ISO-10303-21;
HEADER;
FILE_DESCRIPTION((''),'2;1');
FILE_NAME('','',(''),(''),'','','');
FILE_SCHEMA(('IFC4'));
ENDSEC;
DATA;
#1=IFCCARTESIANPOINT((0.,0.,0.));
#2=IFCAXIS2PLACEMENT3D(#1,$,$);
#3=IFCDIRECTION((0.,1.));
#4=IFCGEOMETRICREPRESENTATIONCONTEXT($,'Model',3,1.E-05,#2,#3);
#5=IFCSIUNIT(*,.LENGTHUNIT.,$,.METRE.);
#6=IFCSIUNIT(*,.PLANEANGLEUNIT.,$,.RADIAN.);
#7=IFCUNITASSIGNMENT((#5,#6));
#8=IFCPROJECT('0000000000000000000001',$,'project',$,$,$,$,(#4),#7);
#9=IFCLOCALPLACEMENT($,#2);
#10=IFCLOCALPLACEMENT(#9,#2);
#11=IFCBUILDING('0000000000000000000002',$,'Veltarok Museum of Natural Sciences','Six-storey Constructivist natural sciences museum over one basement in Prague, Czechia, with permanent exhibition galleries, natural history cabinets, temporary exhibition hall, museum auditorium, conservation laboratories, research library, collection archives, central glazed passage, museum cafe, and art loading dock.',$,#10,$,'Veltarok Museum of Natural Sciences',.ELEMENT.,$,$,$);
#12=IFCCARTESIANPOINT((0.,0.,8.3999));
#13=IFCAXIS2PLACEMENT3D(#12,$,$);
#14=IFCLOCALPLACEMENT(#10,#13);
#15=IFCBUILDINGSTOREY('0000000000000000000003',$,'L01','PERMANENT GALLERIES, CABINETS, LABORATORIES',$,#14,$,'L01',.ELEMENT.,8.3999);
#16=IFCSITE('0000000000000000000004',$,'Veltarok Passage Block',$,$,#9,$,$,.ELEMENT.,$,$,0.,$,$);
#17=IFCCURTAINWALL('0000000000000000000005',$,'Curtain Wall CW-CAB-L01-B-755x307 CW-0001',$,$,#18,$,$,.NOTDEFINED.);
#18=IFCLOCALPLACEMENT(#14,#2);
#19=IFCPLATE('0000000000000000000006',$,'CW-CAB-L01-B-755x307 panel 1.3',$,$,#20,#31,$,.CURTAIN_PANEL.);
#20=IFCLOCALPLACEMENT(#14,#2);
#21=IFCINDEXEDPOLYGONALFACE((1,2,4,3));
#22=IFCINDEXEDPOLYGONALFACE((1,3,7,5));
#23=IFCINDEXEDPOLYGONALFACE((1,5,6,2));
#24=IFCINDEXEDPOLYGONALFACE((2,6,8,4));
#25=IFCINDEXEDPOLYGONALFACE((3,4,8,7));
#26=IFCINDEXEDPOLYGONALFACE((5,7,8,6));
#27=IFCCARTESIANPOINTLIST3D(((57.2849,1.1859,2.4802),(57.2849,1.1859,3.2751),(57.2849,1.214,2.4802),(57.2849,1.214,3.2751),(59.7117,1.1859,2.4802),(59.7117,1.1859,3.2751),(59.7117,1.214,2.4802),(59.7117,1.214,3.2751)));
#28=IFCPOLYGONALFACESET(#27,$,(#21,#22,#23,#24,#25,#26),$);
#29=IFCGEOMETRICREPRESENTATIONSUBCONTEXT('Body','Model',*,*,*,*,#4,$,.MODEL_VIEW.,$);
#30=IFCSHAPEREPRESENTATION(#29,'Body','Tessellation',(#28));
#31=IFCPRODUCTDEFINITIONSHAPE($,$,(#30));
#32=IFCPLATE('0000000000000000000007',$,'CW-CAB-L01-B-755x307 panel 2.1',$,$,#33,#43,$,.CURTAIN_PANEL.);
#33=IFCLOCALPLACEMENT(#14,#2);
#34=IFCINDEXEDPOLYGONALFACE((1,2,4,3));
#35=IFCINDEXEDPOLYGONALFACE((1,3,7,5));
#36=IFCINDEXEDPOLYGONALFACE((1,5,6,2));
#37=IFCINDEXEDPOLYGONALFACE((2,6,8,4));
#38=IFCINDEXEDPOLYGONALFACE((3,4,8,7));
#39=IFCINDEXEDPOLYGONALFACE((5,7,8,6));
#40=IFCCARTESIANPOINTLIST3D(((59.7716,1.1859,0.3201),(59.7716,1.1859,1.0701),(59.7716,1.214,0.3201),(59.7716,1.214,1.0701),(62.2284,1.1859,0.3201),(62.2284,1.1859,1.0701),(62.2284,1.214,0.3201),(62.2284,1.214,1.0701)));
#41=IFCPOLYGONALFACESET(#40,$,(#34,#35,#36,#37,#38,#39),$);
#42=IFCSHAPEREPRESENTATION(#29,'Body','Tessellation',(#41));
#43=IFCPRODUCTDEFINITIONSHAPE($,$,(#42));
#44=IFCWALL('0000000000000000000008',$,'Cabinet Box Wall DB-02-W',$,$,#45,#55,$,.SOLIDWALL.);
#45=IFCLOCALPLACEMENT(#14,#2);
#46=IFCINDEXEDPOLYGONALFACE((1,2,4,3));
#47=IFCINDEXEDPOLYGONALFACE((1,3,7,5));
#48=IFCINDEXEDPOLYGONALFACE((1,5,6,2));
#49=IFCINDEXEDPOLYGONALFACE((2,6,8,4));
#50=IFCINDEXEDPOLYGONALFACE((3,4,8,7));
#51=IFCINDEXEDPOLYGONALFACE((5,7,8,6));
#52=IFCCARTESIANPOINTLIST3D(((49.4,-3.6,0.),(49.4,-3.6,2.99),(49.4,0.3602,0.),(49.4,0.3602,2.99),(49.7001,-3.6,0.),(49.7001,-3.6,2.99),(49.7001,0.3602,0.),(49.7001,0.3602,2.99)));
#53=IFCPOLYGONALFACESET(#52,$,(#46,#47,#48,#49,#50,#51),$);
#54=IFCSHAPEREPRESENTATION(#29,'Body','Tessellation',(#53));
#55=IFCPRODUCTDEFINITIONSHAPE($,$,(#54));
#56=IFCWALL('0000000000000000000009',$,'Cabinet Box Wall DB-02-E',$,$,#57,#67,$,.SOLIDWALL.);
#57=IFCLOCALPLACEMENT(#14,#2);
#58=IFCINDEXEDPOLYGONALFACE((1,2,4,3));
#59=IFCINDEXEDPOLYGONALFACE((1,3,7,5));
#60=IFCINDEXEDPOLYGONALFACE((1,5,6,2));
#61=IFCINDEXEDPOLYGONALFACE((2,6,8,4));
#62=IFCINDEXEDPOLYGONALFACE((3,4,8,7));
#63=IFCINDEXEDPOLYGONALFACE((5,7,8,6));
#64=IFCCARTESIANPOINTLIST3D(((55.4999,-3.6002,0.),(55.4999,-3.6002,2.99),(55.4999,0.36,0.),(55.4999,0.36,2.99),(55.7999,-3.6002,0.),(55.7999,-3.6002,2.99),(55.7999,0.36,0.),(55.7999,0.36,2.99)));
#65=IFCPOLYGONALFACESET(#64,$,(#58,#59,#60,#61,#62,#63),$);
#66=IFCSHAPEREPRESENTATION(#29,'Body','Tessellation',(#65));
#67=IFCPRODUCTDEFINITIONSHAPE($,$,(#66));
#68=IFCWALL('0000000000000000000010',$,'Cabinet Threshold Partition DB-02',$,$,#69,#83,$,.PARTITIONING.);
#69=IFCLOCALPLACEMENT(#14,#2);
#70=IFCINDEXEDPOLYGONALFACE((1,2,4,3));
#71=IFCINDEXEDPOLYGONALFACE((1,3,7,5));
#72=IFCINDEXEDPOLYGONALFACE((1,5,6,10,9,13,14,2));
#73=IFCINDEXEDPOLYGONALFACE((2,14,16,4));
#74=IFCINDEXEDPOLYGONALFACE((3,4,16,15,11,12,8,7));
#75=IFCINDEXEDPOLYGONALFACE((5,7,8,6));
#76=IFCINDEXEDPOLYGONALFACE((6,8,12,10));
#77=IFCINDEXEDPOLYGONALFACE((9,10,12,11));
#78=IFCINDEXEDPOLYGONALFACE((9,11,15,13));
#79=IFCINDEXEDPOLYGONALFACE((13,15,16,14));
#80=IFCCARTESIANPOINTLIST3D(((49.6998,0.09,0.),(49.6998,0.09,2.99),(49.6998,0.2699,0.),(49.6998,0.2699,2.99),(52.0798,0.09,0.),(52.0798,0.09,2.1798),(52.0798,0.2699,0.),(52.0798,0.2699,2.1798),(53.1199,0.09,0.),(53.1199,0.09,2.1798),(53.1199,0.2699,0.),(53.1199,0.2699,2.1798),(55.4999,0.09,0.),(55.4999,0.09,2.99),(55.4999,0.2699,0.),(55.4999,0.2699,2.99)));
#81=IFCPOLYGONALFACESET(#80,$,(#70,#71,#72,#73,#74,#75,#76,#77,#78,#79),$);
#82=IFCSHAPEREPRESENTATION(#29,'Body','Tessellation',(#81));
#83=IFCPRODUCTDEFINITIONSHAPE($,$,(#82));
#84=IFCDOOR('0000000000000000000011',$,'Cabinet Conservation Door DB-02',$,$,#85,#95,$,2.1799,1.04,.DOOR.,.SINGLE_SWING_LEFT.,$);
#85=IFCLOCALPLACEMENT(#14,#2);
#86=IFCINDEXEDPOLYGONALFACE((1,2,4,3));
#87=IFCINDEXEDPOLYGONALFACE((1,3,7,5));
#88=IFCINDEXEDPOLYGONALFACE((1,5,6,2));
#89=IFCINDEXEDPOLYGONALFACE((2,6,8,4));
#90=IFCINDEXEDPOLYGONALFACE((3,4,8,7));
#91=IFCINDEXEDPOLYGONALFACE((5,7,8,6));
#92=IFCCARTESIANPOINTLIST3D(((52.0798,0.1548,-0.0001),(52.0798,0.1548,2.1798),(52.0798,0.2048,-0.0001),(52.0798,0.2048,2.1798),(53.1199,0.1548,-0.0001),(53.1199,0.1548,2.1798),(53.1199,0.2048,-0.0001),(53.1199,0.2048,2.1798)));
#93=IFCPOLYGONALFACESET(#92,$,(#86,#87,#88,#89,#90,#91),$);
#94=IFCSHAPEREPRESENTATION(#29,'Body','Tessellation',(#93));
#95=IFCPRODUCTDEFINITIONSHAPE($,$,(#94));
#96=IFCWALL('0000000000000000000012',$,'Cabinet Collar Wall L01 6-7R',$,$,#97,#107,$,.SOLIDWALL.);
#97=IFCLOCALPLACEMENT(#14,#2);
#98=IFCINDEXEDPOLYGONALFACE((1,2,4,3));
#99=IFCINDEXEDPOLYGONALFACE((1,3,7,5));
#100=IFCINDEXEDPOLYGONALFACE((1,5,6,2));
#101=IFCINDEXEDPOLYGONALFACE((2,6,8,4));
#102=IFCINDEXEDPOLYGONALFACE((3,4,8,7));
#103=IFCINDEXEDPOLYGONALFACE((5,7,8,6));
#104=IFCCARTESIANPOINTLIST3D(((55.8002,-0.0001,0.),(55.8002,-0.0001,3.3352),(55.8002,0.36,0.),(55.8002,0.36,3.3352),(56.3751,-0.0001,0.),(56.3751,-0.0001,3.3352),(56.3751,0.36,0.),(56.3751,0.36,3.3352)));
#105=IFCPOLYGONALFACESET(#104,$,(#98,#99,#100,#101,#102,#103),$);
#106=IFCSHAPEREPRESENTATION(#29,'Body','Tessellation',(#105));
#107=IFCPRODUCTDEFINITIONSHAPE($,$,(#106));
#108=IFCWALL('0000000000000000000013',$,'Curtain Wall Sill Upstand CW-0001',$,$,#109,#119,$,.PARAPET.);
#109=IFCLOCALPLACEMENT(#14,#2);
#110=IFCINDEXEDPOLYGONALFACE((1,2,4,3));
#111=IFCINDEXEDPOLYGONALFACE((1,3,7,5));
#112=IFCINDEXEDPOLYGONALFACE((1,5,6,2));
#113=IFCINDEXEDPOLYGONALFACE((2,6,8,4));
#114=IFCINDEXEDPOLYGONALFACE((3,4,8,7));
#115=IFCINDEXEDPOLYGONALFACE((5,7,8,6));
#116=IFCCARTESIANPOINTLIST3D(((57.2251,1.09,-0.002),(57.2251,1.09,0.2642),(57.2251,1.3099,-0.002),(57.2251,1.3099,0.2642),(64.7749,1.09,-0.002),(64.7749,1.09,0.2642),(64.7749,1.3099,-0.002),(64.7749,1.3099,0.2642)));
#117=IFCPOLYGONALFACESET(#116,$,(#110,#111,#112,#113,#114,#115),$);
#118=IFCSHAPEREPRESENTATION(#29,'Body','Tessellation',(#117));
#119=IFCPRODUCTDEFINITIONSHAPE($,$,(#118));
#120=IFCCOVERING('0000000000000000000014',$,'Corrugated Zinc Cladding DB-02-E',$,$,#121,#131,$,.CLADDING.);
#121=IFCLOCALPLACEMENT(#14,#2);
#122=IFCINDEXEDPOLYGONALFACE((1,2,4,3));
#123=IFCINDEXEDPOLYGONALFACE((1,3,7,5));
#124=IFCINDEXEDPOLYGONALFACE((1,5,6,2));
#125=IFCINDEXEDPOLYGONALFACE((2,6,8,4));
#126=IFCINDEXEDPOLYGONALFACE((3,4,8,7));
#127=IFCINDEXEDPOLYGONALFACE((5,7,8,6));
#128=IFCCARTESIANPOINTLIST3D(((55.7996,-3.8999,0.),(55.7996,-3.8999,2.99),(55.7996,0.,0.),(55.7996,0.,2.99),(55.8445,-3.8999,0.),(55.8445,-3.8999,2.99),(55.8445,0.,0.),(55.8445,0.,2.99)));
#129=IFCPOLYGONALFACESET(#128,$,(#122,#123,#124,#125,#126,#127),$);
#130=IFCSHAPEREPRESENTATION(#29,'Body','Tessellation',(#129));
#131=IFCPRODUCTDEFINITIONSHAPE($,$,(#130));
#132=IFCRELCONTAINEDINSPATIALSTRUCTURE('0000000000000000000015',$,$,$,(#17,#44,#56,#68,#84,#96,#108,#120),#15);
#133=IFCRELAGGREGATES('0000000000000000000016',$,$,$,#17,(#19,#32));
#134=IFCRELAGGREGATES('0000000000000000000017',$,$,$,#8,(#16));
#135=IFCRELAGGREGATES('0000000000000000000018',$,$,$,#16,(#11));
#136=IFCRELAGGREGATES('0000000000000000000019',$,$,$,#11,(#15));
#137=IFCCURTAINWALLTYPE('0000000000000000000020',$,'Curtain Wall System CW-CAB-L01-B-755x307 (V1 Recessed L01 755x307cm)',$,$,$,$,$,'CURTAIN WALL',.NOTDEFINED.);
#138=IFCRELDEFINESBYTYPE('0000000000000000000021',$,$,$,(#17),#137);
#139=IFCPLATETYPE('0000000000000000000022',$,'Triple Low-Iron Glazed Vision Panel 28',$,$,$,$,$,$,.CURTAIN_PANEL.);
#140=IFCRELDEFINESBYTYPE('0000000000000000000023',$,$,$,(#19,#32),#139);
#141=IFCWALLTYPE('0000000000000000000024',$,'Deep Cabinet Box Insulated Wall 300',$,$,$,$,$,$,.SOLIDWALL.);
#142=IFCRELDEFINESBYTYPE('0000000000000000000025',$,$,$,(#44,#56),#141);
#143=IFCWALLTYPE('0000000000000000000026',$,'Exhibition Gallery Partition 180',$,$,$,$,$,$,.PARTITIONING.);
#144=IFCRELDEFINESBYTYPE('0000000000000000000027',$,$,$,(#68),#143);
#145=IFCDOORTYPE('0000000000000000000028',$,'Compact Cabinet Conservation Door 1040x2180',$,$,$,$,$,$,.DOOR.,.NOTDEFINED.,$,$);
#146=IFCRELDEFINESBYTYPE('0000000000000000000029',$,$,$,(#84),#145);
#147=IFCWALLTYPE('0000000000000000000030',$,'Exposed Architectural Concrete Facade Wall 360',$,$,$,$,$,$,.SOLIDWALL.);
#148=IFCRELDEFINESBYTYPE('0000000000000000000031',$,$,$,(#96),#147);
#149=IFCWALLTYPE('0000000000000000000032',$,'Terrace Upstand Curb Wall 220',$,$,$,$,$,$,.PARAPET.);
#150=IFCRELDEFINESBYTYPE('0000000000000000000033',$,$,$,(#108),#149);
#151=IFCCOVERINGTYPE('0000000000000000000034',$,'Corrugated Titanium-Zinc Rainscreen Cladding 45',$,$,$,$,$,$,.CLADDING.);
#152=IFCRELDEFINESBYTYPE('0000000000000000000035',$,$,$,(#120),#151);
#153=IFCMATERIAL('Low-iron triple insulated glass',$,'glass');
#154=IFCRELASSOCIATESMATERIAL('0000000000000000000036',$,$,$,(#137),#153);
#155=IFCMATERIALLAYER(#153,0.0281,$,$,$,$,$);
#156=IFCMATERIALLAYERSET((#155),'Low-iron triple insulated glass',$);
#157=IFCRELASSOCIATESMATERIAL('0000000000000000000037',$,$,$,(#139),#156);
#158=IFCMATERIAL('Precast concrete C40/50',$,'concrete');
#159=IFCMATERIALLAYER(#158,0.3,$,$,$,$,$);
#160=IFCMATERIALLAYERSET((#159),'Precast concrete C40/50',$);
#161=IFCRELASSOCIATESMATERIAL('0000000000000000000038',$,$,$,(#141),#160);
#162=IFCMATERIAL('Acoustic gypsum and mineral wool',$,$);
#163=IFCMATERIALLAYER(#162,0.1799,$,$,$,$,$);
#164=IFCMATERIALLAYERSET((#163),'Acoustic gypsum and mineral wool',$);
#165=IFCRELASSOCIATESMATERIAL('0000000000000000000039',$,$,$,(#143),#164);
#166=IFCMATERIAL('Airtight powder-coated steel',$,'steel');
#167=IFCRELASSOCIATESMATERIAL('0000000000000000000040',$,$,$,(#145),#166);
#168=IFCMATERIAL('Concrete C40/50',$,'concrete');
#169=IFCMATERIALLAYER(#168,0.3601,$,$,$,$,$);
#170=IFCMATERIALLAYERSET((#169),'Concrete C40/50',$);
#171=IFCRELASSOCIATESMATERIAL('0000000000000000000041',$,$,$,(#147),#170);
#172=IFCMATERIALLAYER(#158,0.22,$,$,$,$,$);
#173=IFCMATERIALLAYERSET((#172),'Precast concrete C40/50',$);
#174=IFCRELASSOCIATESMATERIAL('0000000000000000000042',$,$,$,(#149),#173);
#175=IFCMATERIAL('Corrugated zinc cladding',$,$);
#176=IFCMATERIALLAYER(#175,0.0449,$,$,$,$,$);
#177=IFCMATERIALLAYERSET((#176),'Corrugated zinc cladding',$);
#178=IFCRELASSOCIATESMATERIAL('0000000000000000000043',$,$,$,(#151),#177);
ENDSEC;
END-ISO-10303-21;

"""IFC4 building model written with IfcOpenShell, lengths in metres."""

from ifc_helpers import new_model, si_unit, direction, frame, frame_2d, origin, origin_2d, place, context, subcontext, project, spatial, rectangle, extrude, material, layer, layer_set, type_object, element, fill, aggregate, save


model = new_model("IFC4")

# Units and contexts
model_context = context("Model", 3, precision=1e-05, world=origin(), true_north=direction((0.0, 1.0)))
body_context = subcontext(model_context, "Body", "Model", "MODEL_VIEW")
ifc_project = project(units=[si_unit("LENGTHUNIT", "METRE"), si_unit("PLANEANGLEUNIT", "RADIAN")], contexts=[model_context])

# Site, building, storey
site_placement = place(None, origin())
site = spatial("IfcSite", under=ifc_project, at=site_placement, Name="Veltarok Passage Block", CompositionType="ELEMENT", RefElevation=0.0)
building_placement = place(site_placement, origin())
building = spatial("IfcBuilding", under=site, at=building_placement, Name="Veltarok Museum of Natural Sciences", Description="Six-storey Constructivist natural sciences museum over one basement in Prague, Czechia, with permanent exhibition galleries, natural history cabinets, temporary exhibition hall, museum auditorium, conservation laboratories, research library, collection archives, central glazed passage, museum cafe, and art loading dock.", LongName="Veltarok Museum of Natural Sciences", CompositionType="ELEMENT")
storey_placement = place(building_placement, frame((0.0, 0.0, 8.3999)))
storey = spatial("IfcBuildingStorey", under=building, at=storey_placement, Name="L01", Description="PERMANENT GALLERIES, CABINETS, LABORATORIES", LongName="L01", CompositionType="ELEMENT", Elevation=8.3999)

# Shared definitions
ifc_material_1 = material(Name="Concrete C40/50", Category="concrete")

# Curtain wall
ifc_material_2 = material(Name="Low-iron triple insulated glass", Category="glass")
curtain_wall_type = type_object("IfcCurtainWallType", Name="Curtain Wall System CW-CAB-L01-B-755x307 (V1 Recessed L01 755x307cm)", ElementType="CURTAIN WALL", PredefinedType="NOTDEFINED", material=ifc_material_2)
curtain_wall_placement = place(storey_placement, origin())
curtain_wall = element("IfcCurtainWall", 1, at=curtain_wall_placement, inside=storey, type_object=curtain_wall_type, Name="Curtain Wall CW-CAB-L01-B-755x307 CW-0001", PredefinedType="NOTDEFINED")

# Plates
ifc_layer_1 = layer(ifc_material_2, 0.0281)
ifc_layer_set_1 = layer_set([ifc_layer_1], Name="Low-iron triple insulated glass")
plate_type = type_object("IfcPlateType", Name="Triple Low-Iron Glazed Vision Panel 28", PredefinedType="CURTAIN_PANEL", material=ifc_layer_set_1)
plate_1_placement = place(storey_placement, frame((58.4983, 1.2, 2.4802), z_axis=(0.0, 0.0, 1.0), x_axis=(1.0, 0.0, 0.0)))
plate_1 = element("IfcPlate", 2, at=plate_1_placement, type_object=plate_type, Name="CW-CAB-L01-B-755x307 panel 1.3", PredefinedType="CURTAIN_PANEL", context=body_context, shape_type="SweptSolid", body=[
    extrude(rectangle(XDim=2.4268, YDim=0.0281, at=origin_2d()), origin(), (0.0, 0.0, 1.0), 0.7949),
])
plate_2_placement = place(storey_placement, frame((61.0, 1.2, 0.3201), z_axis=(0.0, 0.0, 1.0), x_axis=(1.0, 0.0, 0.0)))
plate_2 = element("IfcPlate", 3, at=plate_2_placement, type_object=plate_type, Name="CW-CAB-L01-B-755x307 panel 2.1", PredefinedType="CURTAIN_PANEL", context=body_context, shape_type="SweptSolid", body=[
    extrude(rectangle(XDim=2.4568, YDim=0.0281, at=origin_2d()), origin(), (0.0, 0.0, 1.0), 0.75),
])
aggregate(curtain_wall, [plate_1, plate_2])

# Walls
ifc_material_3 = material(Name="Precast concrete C40/50", Category="concrete")
ifc_layer_2 = layer(ifc_material_3, 0.3)
ifc_layer_set_2 = layer_set([ifc_layer_2], Name="Precast concrete C40/50")
wall_type_1 = type_object("IfcWallType", Name="Deep Cabinet Box Insulated Wall 300", PredefinedType="SOLIDWALL", material=ifc_layer_set_2)
for number, where, z_axis, x_axis, name in (
    (4, (49.55, 0.3601, 0.0), (0.0, 0.0, 1.0), (0.0, -1.0, 0.0), "Cabinet Box Wall DB-02-W"),
    (5, (55.6499, -3.6001, 0.0), (0.0, 0.0, 1.0), (0.0, 1.0, 0.0), "Cabinet Box Wall DB-02-E"),
):
    element("IfcWall", number, at=place(storey_placement, frame(where, z_axis=z_axis, x_axis=x_axis)), inside=storey, type_object=wall_type_1, Name=name, PredefinedType="SOLIDWALL", context=body_context, shape_type="SweptSolid", body=[
        extrude(rectangle(XDim=3.9602, YDim=0.3, at=frame_2d((1.98, 0.0))), origin(), (0.0, 0.0, 1.0), 2.99),
    ])

# Wall, opening, door
ifc_material_4 = material(Name="Acoustic gypsum and mineral wool")
ifc_layer_3 = layer(ifc_material_4, 0.1799)
ifc_layer_set_3 = layer_set([ifc_layer_3], Name="Acoustic gypsum and mineral wool")
wall_type_2 = type_object("IfcWallType", Name="Exhibition Gallery Partition 180", PredefinedType="PARTITIONING", material=ifc_layer_set_3)
wall_1_placement = place(storey_placement, frame((49.7, 0.1799, 0.0), z_axis=(0.0, 0.0, 1.0), x_axis=(1.0, 0.0, 0.0)))
wall_1 = element("IfcWall", 6, at=wall_1_placement, inside=storey, type_object=wall_type_2, Name="Cabinet Threshold Partition DB-02", PredefinedType="PARTITIONING", context=body_context, shape_type="SweptSolid", body=[
    extrude(rectangle(XDim=5.8, YDim=0.1799, at=frame_2d((2.8999, 0.0))), origin(), (0.0, 0.0, 1.0), 2.99),
])
opening_placement = place(wall_1_placement, frame((2.3799, 0.0, 0.0)))
opening = element("IfcOpeningElement", 7, at=opening_placement, cuts=wall_1, PredefinedType="OPENING", context=body_context, shape_type="SweptSolid", body=[
    extrude(rectangle(XDim=1.04, YDim=2.1799, at=frame_2d((0.52, 1.0898))), frame((0.0, 0.1001, 0.0), z_axis=(0.0, -1.0, 0.0), x_axis=(1.0, 0.0, 0.0)), (0.0, 0.0, 1.0), 0.2),
])
ifc_material_5 = material(Name="Airtight powder-coated steel", Category="steel")
door_type = type_object("IfcDoorType", Name="Compact Cabinet Conservation Door 1040x2180", OperationType="NOTDEFINED", PredefinedType="DOOR", material=ifc_material_5)
door_placement = place(opening_placement, origin())
door = element("IfcDoor", 8, at=door_placement, inside=storey, type_object=door_type, Name="Cabinet Conservation Door DB-02", OperationType="SINGLE_SWING_LEFT", OverallHeight=2.1799, OverallWidth=1.04, PredefinedType="DOOR", context=body_context, shape_type="SweptSolid", body=[
    extrude(rectangle(XDim=1.04, YDim=2.1799, at=frame_2d((0.52, 1.0898))), frame((0.0, 0.0249, 0.0), z_axis=(0.0, -1.0, 0.0), x_axis=(1.0, 0.0, 0.0)), (0.0, 0.0, 1.0), 0.05),
])
fill(opening, door)

# Walls
ifc_layer_4 = layer(ifc_material_1, 0.3601)
ifc_layer_set_4 = layer_set([ifc_layer_4], Name="Concrete C40/50")
wall_type_3 = type_object("IfcWallType", Name="Exposed Architectural Concrete Facade Wall 360", PredefinedType="SOLIDWALL", material=ifc_layer_set_4)
wall_2_placement = place(storey_placement, frame((55.8, 0.1799, 0.0), z_axis=(0.0, 0.0, 1.0), x_axis=(1.0, 0.0, 0.0)))
element("IfcWall", 9, at=wall_2_placement, inside=storey, type_object=wall_type_3, Name="Cabinet Collar Wall L01 6-7R", PredefinedType="SOLIDWALL", context=body_context, shape_type="SweptSolid", body=[
    extrude(rectangle(XDim=0.575, YDim=0.3601, at=frame_2d((0.2876, 0.0))), origin(), (0.0, 0.0, 1.0), 3.3352),
])
ifc_layer_5 = layer(ifc_material_3, 0.22)
ifc_layer_set_5 = layer_set([ifc_layer_5], Name="Precast concrete C40/50")
wall_type_4 = type_object("IfcWallType", Name="Terrace Upstand Curb Wall 220", PredefinedType="PARAPET", material=ifc_layer_set_5)
wall_3_placement = place(storey_placement, frame((57.2251, 1.2, -0.002), z_axis=(0.0, 0.0, 1.0), x_axis=(1.0, 0.0, 0.0)))
element("IfcWall", 10, at=wall_3_placement, inside=storey, type_object=wall_type_4, Name="Curtain Wall Sill Upstand CW-0001", PredefinedType="PARAPET", context=body_context, shape_type="SweptSolid", body=[
    extrude(rectangle(XDim=7.5498, YDim=0.22, at=frame_2d((3.7749, 0.0))), origin(), (0.0, 0.0, 1.0), 0.2661),
])

# Covering
ifc_material_6 = material(Name="Corrugated zinc cladding")
ifc_layer_6 = layer(ifc_material_6, 0.0449)
ifc_layer_set_6 = layer_set([ifc_layer_6], Name="Corrugated zinc cladding")
covering_type = type_object("IfcCoveringType", Name="Corrugated Titanium-Zinc Rainscreen Cladding 45", PredefinedType="CLADDING", material=ifc_layer_set_6)
covering_placement = place(storey_placement, frame((55.822, -3.8999, 0.0), z_axis=(0.0, 0.0, 1.0), x_axis=(0.0, 1.0, 0.0)))
element("IfcCovering", 11, at=covering_placement, inside=storey, type_object=covering_type, Name="Corrugated Zinc Cladding DB-02-E", PredefinedType="CLADDING", context=body_context, shape_type="SweptSolid", body=[
    extrude(rectangle(XDim=3.8999, YDim=0.0449, at=frame_2d((1.95, 0.0))), origin(), (0.0, 0.0, 1.0), 2.99),
])

save(model, "model.ifc")
